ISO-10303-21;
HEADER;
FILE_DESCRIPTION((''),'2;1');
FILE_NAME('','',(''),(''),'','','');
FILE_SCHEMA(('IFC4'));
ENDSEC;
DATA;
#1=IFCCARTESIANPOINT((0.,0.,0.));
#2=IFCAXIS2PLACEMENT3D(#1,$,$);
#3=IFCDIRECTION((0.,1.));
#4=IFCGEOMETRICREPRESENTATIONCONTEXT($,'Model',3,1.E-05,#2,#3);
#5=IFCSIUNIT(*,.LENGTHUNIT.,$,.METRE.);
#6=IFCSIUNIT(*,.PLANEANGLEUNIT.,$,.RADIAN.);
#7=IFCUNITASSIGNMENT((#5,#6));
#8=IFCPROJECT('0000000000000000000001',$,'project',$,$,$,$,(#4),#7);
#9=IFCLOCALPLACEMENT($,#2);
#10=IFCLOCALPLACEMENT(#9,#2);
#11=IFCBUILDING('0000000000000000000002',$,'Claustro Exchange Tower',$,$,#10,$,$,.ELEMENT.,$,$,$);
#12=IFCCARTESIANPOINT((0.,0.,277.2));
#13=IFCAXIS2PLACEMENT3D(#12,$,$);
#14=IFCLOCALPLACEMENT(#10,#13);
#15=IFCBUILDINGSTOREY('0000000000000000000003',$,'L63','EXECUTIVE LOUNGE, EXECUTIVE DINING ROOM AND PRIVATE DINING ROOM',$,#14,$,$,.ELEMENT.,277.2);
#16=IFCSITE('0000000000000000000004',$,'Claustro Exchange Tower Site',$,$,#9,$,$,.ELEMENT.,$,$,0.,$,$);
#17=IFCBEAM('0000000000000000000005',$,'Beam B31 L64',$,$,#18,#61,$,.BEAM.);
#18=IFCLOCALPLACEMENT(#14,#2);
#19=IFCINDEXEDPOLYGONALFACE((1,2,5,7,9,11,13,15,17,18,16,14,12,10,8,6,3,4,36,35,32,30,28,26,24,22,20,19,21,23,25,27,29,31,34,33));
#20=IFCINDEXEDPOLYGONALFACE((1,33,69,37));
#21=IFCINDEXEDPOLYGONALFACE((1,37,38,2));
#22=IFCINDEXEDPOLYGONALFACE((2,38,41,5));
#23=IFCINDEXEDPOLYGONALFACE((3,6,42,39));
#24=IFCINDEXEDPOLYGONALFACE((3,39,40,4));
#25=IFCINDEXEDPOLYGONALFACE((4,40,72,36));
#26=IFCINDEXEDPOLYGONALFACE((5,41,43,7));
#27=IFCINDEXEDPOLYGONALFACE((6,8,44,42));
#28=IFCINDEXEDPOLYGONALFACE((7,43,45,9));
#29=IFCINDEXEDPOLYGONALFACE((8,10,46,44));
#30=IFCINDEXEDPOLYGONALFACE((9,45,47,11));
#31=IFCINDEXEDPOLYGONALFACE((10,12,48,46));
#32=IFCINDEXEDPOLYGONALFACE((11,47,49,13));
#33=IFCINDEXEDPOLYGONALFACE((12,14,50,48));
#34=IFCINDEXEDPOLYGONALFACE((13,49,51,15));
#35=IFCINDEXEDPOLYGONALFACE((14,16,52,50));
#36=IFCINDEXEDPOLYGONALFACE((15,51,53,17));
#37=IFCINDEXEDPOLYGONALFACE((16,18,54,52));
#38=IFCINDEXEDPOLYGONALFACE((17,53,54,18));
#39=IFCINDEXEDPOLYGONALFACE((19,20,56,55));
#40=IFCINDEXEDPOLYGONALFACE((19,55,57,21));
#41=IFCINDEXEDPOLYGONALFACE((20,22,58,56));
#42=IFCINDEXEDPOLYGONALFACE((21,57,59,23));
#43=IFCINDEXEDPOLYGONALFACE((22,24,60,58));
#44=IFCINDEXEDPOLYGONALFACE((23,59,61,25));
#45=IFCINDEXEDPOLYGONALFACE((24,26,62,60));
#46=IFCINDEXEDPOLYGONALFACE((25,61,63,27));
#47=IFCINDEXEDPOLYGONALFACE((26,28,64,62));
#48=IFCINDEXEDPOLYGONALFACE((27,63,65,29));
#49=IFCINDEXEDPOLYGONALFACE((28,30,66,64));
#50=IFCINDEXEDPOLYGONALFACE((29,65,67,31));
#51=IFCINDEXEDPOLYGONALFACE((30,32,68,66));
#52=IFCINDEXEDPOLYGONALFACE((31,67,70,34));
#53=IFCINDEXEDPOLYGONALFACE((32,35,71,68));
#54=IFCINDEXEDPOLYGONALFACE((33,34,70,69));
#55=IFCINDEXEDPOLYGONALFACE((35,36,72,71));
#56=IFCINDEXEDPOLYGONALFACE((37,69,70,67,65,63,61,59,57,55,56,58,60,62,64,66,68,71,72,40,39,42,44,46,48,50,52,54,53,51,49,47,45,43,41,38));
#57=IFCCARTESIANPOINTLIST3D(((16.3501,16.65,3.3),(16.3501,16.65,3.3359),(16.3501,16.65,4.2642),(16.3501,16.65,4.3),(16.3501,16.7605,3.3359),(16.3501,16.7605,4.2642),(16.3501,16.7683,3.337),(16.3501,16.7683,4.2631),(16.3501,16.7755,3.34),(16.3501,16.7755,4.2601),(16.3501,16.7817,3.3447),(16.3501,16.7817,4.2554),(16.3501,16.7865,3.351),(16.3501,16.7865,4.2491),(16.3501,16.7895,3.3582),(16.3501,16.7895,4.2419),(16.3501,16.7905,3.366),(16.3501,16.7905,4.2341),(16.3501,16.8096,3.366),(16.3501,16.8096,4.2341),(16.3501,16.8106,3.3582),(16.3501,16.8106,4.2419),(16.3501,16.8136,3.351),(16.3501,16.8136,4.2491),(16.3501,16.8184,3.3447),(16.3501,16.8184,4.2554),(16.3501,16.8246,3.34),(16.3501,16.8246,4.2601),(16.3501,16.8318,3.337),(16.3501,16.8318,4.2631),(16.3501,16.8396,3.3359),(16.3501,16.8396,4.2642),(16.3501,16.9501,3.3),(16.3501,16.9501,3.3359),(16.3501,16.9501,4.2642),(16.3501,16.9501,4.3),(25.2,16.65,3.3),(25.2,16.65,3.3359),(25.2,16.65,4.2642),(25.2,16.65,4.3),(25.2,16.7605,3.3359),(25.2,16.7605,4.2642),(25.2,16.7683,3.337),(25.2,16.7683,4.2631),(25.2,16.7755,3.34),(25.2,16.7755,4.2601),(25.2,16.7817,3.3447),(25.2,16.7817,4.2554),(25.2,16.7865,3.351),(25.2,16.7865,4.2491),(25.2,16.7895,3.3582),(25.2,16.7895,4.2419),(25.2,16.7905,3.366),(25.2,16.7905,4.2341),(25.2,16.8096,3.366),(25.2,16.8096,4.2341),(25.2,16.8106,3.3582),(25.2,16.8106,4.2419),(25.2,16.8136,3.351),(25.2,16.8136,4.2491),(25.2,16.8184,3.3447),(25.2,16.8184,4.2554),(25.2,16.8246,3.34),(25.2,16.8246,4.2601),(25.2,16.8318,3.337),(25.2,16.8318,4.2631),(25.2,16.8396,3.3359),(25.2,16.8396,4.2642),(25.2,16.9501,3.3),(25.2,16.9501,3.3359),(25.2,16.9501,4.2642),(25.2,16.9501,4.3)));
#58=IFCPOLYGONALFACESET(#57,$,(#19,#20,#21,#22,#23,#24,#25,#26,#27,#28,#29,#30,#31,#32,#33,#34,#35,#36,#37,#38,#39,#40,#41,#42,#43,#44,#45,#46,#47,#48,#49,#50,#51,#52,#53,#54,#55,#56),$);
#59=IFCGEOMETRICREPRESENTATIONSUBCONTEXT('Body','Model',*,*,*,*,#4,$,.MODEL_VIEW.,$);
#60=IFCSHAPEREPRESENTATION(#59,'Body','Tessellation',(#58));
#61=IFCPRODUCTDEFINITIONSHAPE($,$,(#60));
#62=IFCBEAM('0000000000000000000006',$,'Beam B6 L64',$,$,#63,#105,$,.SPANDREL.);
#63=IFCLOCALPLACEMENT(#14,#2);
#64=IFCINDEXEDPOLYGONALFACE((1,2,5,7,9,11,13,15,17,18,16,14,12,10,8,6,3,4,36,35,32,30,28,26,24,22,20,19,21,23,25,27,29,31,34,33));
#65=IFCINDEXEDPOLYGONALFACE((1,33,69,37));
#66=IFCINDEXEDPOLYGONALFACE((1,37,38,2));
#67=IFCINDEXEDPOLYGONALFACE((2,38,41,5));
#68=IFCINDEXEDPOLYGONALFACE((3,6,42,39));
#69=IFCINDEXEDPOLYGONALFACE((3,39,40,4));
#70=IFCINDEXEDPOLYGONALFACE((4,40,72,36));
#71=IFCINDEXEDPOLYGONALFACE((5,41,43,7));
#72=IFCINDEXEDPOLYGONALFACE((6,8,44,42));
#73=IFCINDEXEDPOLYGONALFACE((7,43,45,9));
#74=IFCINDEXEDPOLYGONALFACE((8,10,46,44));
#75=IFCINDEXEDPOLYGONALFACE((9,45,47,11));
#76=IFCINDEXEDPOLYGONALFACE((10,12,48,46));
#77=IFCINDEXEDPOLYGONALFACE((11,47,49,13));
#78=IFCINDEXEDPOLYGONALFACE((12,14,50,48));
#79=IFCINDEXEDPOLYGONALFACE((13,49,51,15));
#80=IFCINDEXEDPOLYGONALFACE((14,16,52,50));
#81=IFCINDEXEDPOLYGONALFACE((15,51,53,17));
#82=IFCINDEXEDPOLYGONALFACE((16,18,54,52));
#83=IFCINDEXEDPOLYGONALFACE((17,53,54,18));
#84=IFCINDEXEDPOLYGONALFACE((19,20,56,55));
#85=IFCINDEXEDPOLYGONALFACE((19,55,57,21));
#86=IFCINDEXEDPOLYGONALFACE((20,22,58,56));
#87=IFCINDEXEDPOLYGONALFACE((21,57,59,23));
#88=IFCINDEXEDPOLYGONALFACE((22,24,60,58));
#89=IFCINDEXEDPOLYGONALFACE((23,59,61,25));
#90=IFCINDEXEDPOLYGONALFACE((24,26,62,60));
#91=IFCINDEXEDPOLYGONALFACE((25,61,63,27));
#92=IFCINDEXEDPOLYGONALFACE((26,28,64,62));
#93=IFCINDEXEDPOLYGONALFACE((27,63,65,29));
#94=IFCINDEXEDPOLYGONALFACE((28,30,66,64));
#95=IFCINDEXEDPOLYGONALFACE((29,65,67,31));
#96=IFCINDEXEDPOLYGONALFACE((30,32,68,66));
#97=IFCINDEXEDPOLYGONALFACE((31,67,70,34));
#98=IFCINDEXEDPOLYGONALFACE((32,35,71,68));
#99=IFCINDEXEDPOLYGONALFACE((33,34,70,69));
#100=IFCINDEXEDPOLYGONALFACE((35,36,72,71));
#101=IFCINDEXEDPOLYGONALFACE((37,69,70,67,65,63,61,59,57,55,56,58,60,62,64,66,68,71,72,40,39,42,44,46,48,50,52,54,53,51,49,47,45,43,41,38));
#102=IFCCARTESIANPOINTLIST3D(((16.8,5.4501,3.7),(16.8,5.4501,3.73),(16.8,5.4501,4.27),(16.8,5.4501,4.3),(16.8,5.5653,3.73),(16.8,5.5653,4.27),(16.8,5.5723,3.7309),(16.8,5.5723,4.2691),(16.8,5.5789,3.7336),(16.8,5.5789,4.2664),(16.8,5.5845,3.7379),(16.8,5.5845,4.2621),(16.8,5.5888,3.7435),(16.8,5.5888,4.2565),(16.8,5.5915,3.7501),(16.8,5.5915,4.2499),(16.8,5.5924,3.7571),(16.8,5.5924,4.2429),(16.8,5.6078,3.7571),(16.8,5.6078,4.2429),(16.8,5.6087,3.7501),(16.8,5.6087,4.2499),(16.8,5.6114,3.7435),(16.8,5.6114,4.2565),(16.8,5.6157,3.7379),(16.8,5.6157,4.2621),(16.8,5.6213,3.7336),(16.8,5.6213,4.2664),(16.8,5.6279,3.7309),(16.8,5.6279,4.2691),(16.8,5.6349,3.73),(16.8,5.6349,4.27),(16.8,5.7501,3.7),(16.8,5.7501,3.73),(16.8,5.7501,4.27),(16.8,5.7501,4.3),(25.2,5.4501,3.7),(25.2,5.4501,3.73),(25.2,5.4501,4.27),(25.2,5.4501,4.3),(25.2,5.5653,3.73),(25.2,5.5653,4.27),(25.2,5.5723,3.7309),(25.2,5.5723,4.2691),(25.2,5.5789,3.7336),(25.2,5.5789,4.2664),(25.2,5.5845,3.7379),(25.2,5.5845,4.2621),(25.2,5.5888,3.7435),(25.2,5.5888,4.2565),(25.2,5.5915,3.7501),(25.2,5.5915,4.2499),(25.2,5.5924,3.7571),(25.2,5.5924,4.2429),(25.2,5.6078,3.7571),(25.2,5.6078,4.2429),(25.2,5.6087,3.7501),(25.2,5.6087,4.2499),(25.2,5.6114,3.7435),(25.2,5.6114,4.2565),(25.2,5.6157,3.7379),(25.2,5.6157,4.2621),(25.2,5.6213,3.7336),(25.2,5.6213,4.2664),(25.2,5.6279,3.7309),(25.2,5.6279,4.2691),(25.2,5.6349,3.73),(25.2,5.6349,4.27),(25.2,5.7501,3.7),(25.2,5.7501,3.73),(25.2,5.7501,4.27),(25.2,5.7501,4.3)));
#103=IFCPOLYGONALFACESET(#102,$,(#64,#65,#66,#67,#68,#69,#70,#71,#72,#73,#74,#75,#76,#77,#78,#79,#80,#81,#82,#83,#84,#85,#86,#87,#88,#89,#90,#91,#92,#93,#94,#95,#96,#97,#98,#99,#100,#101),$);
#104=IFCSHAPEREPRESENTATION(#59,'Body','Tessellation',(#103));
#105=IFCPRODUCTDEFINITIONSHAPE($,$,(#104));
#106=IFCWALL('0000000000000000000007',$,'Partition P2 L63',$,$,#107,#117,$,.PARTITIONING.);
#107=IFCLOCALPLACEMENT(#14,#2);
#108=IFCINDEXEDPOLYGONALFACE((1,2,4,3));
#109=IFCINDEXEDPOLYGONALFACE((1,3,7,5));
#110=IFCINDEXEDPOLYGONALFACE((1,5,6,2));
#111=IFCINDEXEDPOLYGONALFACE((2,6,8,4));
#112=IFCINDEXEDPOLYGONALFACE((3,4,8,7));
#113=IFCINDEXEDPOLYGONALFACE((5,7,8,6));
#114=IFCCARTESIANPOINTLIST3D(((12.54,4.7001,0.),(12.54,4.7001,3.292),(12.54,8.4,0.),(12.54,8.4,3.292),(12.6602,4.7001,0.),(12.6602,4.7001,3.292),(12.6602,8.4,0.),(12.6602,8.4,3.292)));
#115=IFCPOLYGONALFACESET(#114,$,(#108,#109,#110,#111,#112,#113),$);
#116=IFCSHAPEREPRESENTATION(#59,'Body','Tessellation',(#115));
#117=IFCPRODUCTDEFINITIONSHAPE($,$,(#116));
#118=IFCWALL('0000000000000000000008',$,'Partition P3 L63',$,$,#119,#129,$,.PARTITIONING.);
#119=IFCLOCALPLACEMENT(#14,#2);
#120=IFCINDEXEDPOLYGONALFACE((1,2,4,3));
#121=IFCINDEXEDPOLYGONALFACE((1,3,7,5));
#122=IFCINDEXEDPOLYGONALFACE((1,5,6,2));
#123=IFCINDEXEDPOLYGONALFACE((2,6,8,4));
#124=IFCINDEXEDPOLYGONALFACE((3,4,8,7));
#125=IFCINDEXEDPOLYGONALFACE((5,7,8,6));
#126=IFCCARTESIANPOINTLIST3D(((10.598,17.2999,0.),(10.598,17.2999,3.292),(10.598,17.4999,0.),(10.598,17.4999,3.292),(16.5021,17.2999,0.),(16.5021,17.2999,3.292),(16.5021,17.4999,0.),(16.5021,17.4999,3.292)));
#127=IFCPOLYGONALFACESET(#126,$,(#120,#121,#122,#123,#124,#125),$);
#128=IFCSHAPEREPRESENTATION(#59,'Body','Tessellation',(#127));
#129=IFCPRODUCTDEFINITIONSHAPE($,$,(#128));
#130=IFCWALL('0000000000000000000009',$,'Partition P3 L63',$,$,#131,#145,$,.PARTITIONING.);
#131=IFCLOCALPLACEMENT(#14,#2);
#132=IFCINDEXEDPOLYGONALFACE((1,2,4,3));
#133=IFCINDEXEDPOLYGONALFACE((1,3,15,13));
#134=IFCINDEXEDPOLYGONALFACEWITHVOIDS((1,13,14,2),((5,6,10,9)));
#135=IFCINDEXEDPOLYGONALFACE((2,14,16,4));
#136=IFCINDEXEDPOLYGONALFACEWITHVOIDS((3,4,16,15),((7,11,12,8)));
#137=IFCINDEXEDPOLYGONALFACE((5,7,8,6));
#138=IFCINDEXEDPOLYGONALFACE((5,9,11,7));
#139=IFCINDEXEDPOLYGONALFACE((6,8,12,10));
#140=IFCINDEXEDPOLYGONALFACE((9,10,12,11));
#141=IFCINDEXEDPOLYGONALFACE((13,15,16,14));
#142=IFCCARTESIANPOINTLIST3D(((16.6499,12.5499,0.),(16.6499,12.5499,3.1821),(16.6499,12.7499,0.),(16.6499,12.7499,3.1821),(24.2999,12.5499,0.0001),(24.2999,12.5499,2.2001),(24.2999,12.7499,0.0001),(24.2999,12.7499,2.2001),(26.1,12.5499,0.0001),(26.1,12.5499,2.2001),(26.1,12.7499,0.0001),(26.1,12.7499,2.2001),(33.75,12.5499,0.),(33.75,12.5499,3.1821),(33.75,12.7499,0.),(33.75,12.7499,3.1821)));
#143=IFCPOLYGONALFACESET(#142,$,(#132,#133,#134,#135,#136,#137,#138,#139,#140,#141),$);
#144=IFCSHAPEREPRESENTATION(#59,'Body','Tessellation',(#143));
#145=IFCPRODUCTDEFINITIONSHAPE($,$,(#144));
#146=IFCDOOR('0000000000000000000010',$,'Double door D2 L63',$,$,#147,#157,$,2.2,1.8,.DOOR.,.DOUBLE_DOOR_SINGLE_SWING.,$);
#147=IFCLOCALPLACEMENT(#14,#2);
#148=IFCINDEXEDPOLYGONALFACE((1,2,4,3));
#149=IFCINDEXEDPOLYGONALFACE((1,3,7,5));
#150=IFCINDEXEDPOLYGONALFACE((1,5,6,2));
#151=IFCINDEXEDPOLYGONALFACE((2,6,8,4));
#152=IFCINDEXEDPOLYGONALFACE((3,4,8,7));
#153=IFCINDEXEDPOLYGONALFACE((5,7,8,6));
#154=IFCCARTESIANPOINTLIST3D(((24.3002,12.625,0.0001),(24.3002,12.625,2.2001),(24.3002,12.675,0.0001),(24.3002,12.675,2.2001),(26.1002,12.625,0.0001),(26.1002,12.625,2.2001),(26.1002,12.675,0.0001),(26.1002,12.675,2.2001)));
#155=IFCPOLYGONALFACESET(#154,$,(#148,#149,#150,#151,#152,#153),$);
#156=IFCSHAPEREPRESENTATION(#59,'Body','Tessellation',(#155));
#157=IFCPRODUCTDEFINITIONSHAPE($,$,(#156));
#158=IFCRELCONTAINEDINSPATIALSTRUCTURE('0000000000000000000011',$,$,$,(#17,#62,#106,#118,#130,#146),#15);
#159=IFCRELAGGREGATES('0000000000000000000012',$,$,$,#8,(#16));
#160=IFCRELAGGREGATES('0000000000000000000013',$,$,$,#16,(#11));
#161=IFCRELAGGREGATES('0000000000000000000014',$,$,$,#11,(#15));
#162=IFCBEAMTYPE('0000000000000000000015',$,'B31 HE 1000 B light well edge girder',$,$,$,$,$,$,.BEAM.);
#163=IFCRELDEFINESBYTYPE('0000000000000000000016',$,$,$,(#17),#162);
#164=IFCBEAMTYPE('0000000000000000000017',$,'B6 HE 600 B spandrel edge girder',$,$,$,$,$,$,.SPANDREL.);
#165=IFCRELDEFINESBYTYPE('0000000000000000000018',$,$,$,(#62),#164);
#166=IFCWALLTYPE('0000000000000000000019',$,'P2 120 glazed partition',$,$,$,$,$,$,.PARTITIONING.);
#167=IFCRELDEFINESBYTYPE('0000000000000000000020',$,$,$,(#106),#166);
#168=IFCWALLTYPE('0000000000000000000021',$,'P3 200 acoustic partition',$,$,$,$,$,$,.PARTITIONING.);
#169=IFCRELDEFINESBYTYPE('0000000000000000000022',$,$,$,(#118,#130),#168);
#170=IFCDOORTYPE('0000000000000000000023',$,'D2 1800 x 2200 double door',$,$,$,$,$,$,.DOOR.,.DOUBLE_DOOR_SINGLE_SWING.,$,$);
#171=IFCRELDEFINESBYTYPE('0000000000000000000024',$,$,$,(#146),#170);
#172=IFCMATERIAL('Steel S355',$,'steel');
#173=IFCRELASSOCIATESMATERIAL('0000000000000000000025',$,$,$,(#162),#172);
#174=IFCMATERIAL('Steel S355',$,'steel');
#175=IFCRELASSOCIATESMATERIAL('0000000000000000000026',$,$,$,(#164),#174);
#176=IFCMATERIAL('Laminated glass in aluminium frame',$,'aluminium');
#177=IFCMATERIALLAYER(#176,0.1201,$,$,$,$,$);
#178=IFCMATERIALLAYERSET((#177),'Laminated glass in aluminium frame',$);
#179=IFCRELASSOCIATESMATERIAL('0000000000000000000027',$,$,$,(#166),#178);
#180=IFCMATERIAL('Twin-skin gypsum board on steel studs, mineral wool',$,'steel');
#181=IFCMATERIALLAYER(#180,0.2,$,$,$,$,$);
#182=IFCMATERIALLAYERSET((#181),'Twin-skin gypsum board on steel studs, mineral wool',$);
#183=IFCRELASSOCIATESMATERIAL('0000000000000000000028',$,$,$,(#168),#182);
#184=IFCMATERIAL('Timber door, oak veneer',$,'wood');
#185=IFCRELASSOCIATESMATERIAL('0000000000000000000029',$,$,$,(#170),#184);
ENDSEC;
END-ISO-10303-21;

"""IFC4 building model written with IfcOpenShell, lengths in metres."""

from ifc_helpers import new_model, si_unit, direction, frame, frame_2d, origin, origin_2d, place, context, subcontext, project, spatial, rectangle, i_section, extrude, material, layer, layer_set, material_profile, profile_set, type_object, element, fill, save


model = new_model("IFC4")

# Units and contexts
model_context = context("Model", 3, precision=1e-05, world=origin(), true_north=direction((0.0, 1.0)))
body_context = subcontext(model_context, "Body", "Model", "MODEL_VIEW")
ifc_project = project(units=[si_unit("LENGTHUNIT", "METRE"), si_unit("PLANEANGLEUNIT", "RADIAN")], contexts=[model_context])

# Site, building, storey
site_placement = place(None, origin())
site = spatial("IfcSite", under=ifc_project, at=site_placement, Name="Claustro Exchange Tower Site", CompositionType="ELEMENT", RefElevation=0.0)
building_placement = place(site_placement, origin())
building = spatial("IfcBuilding", under=site, at=building_placement, Name="Claustro Exchange Tower", CompositionType="ELEMENT")
storey_placement = place(building_placement, frame((0.0, 0.0, 277.2)))
storey = spatial("IfcBuildingStorey", under=building, at=storey_placement, Name="L63", Description="EXECUTIVE LOUNGE, EXECUTIVE DINING ROOM AND PRIVATE DINING ROOM", CompositionType="ELEMENT", Elevation=277.2)

# Beams
ifc_material_1 = material(Name="Steel S355", Category="steel")
ifc_material_profile_1 = material_profile(ifc_material_1, i_section(OverallWidth=0.3, OverallDepth=1.0, WebThickness=0.019, FlangeThickness=0.0359, FilletRadius=0.03, at=origin_2d()), Name="HE 1000 B")
ifc_profile_set_1 = profile_set([ifc_material_profile_1], Name="Steel S355")
beam_type_1 = type_object("IfcBeamType", Name="B31 HE 1000 B light well edge girder", PredefinedType="BEAM", material=ifc_profile_set_1)
beam_1_placement = place(storey_placement, frame((16.3501, 16.8, 3.8), z_axis=(1.0, 0.0, 0.0), x_axis=(0.0, 1.0, 0.0)))
element("IfcBeam", 1, at=beam_1_placement, inside=storey, type_object=beam_type_1, Name="Beam B31 L64", PredefinedType="BEAM", context=body_context, shape_type="SweptSolid", body=[
    extrude(i_section(OverallWidth=0.3, OverallDepth=1.0, WebThickness=0.019, FlangeThickness=0.0359, FilletRadius=0.03, at=origin_2d()), origin(), (0.0, 0.0, 1.0), 8.8499),
])
ifc_material_2 = material(Name="Steel S355", Category="steel")
ifc_material_profile_2 = material_profile(ifc_material_2, i_section(OverallWidth=0.3, OverallDepth=0.6001, WebThickness=0.0154, FlangeThickness=0.03, FilletRadius=0.0271, at=origin_2d()), Name="HE 600 B")
ifc_profile_set_2 = profile_set([ifc_material_profile_2], Name="Steel S355")
beam_type_2 = type_object("IfcBeamType", Name="B6 HE 600 B spandrel edge girder", PredefinedType="SPANDREL", material=ifc_profile_set_2)
beam_2_placement = place(storey_placement, frame((16.8, 5.6001, 4.0), z_axis=(1.0, 0.0, 0.0), x_axis=(0.0, 1.0, 0.0)))
element("IfcBeam", 2, at=beam_2_placement, inside=storey, type_object=beam_type_2, Name="Beam B6 L64", PredefinedType="SPANDREL", context=body_context, shape_type="SweptSolid", body=[
    extrude(i_section(OverallWidth=0.3, OverallDepth=0.6001, WebThickness=0.0154, FlangeThickness=0.03, FilletRadius=0.0271, at=origin_2d()), origin(), (0.0, 0.0, 1.0), 8.3999),
])

# Walls
ifc_material_3 = material(Name="Laminated glass in aluminium frame", Category="aluminium")
ifc_layer_1 = layer(ifc_material_3, 0.1201)
ifc_layer_set_1 = layer_set([ifc_layer_1], Name="Laminated glass in aluminium frame")
wall_type_1 = type_object("IfcWallType", Name="P2 120 glazed partition", PredefinedType="PARTITIONING", material=ifc_layer_set_1)
wall_1_placement = place(storey_placement, frame((12.6001, 4.7, 0.0), z_axis=(0.0, 0.0, 1.0), x_axis=(0.0, 1.0, 0.0)))
element("IfcWall", 3, at=wall_1_placement, inside=storey, type_object=wall_type_1, Name="Partition P2 L63", PredefinedType="PARTITIONING", context=body_context, shape_type="SweptSolid", body=[
    extrude(rectangle(XDim=3.7, YDim=0.1201, at=frame_2d((1.8501, 0.0))), origin(), (0.0, 0.0, 1.0), 3.292),
])
ifc_material_4 = material(Name="Twin-skin gypsum board on steel studs, mineral wool", Category="steel")
ifc_layer_2 = layer(ifc_material_4, 0.2)
ifc_layer_set_2 = layer_set([ifc_layer_2], Name="Twin-skin gypsum board on steel studs, mineral wool")
wall_type_2 = type_object("IfcWallType", Name="P3 200 acoustic partition", PredefinedType="PARTITIONING", material=ifc_layer_set_2)
wall_2_placement = place(storey_placement, frame((10.5979, 17.3999, 0.0), z_axis=(0.0, 0.0, 1.0), x_axis=(1.0, 0.0, 0.0)))
element("IfcWall", 4, at=wall_2_placement, inside=storey, type_object=wall_type_2, Name="Partition P3 L63", PredefinedType="PARTITIONING", context=body_context, shape_type="SweptSolid", body=[
    extrude(rectangle(XDim=5.9041, YDim=0.2, at=frame_2d((2.9521, 0.0))), origin(), (0.0, 0.0, 1.0), 3.292),
])

# Wall, opening, door
wall_3_placement = place(storey_placement, frame((16.6499, 12.6499, 0.0), z_axis=(0.0, 0.0, 1.0), x_axis=(1.0, 0.0, 0.0)))
wall_3 = element("IfcWall", 5, at=wall_3_placement, inside=storey, type_object=wall_type_2, Name="Partition P3 L63", PredefinedType="PARTITIONING", context=body_context, shape_type="SweptSolid", body=[
    extrude(rectangle(XDim=17.1001, YDim=0.2, at=frame_2d((8.55, 0.0))), origin(), (0.0, 0.0, 1.0), 3.1821),
])
opening_1_placement = place(wall_3_placement, frame((7.6501, 0.0, 0.0)))
opening_1 = element("IfcOpeningElement", 6, at=opening_1_placement, cuts=wall_3, PredefinedType="OPENING", context=body_context, shape_type="SweptSolid", body=[
    extrude(rectangle(XDim=1.8, YDim=2.2, at=frame_2d((0.8999, 1.1001))), frame((0.0, 0.1099, 0.0), z_axis=(0.0, -1.0, 0.0), x_axis=(1.0, 0.0, 0.0)), (0.0, 0.0, 1.0), 0.22),
])
ifc_material_5 = material(Name="Timber door, oak veneer", Category="wood")
door_type = type_object("IfcDoorType", Name="D2 1800 x 2200 double door", OperationType="DOUBLE_DOOR_SINGLE_SWING", PredefinedType="DOOR", material=ifc_material_5)
door_placement = place(opening_1_placement, frame((1.8, 0.0, 0.0), z_axis=(0.0, 0.0, 1.0), x_axis=(-1.0, 0.0, 0.0)))
door = element("IfcDoor", 7, at=door_placement, inside=storey, type_object=door_type, Name="Double door D2 L63", OperationType="DOUBLE_DOOR_SINGLE_SWING", OverallHeight=2.2, OverallWidth=1.8, PredefinedType="DOOR", context=body_context, shape_type="SweptSolid", body=[
    extrude(rectangle(XDim=1.8, YDim=2.2, at=frame_2d((0.8999, 1.1001))), frame((0.0, 0.0249, 0.0), z_axis=(0.0, -1.0, 0.0), x_axis=(1.0, 0.0, 0.0)), (0.0, 0.0, 1.0), 0.05),
])
fill(opening_1, door)

save(model, "model.ifc")
